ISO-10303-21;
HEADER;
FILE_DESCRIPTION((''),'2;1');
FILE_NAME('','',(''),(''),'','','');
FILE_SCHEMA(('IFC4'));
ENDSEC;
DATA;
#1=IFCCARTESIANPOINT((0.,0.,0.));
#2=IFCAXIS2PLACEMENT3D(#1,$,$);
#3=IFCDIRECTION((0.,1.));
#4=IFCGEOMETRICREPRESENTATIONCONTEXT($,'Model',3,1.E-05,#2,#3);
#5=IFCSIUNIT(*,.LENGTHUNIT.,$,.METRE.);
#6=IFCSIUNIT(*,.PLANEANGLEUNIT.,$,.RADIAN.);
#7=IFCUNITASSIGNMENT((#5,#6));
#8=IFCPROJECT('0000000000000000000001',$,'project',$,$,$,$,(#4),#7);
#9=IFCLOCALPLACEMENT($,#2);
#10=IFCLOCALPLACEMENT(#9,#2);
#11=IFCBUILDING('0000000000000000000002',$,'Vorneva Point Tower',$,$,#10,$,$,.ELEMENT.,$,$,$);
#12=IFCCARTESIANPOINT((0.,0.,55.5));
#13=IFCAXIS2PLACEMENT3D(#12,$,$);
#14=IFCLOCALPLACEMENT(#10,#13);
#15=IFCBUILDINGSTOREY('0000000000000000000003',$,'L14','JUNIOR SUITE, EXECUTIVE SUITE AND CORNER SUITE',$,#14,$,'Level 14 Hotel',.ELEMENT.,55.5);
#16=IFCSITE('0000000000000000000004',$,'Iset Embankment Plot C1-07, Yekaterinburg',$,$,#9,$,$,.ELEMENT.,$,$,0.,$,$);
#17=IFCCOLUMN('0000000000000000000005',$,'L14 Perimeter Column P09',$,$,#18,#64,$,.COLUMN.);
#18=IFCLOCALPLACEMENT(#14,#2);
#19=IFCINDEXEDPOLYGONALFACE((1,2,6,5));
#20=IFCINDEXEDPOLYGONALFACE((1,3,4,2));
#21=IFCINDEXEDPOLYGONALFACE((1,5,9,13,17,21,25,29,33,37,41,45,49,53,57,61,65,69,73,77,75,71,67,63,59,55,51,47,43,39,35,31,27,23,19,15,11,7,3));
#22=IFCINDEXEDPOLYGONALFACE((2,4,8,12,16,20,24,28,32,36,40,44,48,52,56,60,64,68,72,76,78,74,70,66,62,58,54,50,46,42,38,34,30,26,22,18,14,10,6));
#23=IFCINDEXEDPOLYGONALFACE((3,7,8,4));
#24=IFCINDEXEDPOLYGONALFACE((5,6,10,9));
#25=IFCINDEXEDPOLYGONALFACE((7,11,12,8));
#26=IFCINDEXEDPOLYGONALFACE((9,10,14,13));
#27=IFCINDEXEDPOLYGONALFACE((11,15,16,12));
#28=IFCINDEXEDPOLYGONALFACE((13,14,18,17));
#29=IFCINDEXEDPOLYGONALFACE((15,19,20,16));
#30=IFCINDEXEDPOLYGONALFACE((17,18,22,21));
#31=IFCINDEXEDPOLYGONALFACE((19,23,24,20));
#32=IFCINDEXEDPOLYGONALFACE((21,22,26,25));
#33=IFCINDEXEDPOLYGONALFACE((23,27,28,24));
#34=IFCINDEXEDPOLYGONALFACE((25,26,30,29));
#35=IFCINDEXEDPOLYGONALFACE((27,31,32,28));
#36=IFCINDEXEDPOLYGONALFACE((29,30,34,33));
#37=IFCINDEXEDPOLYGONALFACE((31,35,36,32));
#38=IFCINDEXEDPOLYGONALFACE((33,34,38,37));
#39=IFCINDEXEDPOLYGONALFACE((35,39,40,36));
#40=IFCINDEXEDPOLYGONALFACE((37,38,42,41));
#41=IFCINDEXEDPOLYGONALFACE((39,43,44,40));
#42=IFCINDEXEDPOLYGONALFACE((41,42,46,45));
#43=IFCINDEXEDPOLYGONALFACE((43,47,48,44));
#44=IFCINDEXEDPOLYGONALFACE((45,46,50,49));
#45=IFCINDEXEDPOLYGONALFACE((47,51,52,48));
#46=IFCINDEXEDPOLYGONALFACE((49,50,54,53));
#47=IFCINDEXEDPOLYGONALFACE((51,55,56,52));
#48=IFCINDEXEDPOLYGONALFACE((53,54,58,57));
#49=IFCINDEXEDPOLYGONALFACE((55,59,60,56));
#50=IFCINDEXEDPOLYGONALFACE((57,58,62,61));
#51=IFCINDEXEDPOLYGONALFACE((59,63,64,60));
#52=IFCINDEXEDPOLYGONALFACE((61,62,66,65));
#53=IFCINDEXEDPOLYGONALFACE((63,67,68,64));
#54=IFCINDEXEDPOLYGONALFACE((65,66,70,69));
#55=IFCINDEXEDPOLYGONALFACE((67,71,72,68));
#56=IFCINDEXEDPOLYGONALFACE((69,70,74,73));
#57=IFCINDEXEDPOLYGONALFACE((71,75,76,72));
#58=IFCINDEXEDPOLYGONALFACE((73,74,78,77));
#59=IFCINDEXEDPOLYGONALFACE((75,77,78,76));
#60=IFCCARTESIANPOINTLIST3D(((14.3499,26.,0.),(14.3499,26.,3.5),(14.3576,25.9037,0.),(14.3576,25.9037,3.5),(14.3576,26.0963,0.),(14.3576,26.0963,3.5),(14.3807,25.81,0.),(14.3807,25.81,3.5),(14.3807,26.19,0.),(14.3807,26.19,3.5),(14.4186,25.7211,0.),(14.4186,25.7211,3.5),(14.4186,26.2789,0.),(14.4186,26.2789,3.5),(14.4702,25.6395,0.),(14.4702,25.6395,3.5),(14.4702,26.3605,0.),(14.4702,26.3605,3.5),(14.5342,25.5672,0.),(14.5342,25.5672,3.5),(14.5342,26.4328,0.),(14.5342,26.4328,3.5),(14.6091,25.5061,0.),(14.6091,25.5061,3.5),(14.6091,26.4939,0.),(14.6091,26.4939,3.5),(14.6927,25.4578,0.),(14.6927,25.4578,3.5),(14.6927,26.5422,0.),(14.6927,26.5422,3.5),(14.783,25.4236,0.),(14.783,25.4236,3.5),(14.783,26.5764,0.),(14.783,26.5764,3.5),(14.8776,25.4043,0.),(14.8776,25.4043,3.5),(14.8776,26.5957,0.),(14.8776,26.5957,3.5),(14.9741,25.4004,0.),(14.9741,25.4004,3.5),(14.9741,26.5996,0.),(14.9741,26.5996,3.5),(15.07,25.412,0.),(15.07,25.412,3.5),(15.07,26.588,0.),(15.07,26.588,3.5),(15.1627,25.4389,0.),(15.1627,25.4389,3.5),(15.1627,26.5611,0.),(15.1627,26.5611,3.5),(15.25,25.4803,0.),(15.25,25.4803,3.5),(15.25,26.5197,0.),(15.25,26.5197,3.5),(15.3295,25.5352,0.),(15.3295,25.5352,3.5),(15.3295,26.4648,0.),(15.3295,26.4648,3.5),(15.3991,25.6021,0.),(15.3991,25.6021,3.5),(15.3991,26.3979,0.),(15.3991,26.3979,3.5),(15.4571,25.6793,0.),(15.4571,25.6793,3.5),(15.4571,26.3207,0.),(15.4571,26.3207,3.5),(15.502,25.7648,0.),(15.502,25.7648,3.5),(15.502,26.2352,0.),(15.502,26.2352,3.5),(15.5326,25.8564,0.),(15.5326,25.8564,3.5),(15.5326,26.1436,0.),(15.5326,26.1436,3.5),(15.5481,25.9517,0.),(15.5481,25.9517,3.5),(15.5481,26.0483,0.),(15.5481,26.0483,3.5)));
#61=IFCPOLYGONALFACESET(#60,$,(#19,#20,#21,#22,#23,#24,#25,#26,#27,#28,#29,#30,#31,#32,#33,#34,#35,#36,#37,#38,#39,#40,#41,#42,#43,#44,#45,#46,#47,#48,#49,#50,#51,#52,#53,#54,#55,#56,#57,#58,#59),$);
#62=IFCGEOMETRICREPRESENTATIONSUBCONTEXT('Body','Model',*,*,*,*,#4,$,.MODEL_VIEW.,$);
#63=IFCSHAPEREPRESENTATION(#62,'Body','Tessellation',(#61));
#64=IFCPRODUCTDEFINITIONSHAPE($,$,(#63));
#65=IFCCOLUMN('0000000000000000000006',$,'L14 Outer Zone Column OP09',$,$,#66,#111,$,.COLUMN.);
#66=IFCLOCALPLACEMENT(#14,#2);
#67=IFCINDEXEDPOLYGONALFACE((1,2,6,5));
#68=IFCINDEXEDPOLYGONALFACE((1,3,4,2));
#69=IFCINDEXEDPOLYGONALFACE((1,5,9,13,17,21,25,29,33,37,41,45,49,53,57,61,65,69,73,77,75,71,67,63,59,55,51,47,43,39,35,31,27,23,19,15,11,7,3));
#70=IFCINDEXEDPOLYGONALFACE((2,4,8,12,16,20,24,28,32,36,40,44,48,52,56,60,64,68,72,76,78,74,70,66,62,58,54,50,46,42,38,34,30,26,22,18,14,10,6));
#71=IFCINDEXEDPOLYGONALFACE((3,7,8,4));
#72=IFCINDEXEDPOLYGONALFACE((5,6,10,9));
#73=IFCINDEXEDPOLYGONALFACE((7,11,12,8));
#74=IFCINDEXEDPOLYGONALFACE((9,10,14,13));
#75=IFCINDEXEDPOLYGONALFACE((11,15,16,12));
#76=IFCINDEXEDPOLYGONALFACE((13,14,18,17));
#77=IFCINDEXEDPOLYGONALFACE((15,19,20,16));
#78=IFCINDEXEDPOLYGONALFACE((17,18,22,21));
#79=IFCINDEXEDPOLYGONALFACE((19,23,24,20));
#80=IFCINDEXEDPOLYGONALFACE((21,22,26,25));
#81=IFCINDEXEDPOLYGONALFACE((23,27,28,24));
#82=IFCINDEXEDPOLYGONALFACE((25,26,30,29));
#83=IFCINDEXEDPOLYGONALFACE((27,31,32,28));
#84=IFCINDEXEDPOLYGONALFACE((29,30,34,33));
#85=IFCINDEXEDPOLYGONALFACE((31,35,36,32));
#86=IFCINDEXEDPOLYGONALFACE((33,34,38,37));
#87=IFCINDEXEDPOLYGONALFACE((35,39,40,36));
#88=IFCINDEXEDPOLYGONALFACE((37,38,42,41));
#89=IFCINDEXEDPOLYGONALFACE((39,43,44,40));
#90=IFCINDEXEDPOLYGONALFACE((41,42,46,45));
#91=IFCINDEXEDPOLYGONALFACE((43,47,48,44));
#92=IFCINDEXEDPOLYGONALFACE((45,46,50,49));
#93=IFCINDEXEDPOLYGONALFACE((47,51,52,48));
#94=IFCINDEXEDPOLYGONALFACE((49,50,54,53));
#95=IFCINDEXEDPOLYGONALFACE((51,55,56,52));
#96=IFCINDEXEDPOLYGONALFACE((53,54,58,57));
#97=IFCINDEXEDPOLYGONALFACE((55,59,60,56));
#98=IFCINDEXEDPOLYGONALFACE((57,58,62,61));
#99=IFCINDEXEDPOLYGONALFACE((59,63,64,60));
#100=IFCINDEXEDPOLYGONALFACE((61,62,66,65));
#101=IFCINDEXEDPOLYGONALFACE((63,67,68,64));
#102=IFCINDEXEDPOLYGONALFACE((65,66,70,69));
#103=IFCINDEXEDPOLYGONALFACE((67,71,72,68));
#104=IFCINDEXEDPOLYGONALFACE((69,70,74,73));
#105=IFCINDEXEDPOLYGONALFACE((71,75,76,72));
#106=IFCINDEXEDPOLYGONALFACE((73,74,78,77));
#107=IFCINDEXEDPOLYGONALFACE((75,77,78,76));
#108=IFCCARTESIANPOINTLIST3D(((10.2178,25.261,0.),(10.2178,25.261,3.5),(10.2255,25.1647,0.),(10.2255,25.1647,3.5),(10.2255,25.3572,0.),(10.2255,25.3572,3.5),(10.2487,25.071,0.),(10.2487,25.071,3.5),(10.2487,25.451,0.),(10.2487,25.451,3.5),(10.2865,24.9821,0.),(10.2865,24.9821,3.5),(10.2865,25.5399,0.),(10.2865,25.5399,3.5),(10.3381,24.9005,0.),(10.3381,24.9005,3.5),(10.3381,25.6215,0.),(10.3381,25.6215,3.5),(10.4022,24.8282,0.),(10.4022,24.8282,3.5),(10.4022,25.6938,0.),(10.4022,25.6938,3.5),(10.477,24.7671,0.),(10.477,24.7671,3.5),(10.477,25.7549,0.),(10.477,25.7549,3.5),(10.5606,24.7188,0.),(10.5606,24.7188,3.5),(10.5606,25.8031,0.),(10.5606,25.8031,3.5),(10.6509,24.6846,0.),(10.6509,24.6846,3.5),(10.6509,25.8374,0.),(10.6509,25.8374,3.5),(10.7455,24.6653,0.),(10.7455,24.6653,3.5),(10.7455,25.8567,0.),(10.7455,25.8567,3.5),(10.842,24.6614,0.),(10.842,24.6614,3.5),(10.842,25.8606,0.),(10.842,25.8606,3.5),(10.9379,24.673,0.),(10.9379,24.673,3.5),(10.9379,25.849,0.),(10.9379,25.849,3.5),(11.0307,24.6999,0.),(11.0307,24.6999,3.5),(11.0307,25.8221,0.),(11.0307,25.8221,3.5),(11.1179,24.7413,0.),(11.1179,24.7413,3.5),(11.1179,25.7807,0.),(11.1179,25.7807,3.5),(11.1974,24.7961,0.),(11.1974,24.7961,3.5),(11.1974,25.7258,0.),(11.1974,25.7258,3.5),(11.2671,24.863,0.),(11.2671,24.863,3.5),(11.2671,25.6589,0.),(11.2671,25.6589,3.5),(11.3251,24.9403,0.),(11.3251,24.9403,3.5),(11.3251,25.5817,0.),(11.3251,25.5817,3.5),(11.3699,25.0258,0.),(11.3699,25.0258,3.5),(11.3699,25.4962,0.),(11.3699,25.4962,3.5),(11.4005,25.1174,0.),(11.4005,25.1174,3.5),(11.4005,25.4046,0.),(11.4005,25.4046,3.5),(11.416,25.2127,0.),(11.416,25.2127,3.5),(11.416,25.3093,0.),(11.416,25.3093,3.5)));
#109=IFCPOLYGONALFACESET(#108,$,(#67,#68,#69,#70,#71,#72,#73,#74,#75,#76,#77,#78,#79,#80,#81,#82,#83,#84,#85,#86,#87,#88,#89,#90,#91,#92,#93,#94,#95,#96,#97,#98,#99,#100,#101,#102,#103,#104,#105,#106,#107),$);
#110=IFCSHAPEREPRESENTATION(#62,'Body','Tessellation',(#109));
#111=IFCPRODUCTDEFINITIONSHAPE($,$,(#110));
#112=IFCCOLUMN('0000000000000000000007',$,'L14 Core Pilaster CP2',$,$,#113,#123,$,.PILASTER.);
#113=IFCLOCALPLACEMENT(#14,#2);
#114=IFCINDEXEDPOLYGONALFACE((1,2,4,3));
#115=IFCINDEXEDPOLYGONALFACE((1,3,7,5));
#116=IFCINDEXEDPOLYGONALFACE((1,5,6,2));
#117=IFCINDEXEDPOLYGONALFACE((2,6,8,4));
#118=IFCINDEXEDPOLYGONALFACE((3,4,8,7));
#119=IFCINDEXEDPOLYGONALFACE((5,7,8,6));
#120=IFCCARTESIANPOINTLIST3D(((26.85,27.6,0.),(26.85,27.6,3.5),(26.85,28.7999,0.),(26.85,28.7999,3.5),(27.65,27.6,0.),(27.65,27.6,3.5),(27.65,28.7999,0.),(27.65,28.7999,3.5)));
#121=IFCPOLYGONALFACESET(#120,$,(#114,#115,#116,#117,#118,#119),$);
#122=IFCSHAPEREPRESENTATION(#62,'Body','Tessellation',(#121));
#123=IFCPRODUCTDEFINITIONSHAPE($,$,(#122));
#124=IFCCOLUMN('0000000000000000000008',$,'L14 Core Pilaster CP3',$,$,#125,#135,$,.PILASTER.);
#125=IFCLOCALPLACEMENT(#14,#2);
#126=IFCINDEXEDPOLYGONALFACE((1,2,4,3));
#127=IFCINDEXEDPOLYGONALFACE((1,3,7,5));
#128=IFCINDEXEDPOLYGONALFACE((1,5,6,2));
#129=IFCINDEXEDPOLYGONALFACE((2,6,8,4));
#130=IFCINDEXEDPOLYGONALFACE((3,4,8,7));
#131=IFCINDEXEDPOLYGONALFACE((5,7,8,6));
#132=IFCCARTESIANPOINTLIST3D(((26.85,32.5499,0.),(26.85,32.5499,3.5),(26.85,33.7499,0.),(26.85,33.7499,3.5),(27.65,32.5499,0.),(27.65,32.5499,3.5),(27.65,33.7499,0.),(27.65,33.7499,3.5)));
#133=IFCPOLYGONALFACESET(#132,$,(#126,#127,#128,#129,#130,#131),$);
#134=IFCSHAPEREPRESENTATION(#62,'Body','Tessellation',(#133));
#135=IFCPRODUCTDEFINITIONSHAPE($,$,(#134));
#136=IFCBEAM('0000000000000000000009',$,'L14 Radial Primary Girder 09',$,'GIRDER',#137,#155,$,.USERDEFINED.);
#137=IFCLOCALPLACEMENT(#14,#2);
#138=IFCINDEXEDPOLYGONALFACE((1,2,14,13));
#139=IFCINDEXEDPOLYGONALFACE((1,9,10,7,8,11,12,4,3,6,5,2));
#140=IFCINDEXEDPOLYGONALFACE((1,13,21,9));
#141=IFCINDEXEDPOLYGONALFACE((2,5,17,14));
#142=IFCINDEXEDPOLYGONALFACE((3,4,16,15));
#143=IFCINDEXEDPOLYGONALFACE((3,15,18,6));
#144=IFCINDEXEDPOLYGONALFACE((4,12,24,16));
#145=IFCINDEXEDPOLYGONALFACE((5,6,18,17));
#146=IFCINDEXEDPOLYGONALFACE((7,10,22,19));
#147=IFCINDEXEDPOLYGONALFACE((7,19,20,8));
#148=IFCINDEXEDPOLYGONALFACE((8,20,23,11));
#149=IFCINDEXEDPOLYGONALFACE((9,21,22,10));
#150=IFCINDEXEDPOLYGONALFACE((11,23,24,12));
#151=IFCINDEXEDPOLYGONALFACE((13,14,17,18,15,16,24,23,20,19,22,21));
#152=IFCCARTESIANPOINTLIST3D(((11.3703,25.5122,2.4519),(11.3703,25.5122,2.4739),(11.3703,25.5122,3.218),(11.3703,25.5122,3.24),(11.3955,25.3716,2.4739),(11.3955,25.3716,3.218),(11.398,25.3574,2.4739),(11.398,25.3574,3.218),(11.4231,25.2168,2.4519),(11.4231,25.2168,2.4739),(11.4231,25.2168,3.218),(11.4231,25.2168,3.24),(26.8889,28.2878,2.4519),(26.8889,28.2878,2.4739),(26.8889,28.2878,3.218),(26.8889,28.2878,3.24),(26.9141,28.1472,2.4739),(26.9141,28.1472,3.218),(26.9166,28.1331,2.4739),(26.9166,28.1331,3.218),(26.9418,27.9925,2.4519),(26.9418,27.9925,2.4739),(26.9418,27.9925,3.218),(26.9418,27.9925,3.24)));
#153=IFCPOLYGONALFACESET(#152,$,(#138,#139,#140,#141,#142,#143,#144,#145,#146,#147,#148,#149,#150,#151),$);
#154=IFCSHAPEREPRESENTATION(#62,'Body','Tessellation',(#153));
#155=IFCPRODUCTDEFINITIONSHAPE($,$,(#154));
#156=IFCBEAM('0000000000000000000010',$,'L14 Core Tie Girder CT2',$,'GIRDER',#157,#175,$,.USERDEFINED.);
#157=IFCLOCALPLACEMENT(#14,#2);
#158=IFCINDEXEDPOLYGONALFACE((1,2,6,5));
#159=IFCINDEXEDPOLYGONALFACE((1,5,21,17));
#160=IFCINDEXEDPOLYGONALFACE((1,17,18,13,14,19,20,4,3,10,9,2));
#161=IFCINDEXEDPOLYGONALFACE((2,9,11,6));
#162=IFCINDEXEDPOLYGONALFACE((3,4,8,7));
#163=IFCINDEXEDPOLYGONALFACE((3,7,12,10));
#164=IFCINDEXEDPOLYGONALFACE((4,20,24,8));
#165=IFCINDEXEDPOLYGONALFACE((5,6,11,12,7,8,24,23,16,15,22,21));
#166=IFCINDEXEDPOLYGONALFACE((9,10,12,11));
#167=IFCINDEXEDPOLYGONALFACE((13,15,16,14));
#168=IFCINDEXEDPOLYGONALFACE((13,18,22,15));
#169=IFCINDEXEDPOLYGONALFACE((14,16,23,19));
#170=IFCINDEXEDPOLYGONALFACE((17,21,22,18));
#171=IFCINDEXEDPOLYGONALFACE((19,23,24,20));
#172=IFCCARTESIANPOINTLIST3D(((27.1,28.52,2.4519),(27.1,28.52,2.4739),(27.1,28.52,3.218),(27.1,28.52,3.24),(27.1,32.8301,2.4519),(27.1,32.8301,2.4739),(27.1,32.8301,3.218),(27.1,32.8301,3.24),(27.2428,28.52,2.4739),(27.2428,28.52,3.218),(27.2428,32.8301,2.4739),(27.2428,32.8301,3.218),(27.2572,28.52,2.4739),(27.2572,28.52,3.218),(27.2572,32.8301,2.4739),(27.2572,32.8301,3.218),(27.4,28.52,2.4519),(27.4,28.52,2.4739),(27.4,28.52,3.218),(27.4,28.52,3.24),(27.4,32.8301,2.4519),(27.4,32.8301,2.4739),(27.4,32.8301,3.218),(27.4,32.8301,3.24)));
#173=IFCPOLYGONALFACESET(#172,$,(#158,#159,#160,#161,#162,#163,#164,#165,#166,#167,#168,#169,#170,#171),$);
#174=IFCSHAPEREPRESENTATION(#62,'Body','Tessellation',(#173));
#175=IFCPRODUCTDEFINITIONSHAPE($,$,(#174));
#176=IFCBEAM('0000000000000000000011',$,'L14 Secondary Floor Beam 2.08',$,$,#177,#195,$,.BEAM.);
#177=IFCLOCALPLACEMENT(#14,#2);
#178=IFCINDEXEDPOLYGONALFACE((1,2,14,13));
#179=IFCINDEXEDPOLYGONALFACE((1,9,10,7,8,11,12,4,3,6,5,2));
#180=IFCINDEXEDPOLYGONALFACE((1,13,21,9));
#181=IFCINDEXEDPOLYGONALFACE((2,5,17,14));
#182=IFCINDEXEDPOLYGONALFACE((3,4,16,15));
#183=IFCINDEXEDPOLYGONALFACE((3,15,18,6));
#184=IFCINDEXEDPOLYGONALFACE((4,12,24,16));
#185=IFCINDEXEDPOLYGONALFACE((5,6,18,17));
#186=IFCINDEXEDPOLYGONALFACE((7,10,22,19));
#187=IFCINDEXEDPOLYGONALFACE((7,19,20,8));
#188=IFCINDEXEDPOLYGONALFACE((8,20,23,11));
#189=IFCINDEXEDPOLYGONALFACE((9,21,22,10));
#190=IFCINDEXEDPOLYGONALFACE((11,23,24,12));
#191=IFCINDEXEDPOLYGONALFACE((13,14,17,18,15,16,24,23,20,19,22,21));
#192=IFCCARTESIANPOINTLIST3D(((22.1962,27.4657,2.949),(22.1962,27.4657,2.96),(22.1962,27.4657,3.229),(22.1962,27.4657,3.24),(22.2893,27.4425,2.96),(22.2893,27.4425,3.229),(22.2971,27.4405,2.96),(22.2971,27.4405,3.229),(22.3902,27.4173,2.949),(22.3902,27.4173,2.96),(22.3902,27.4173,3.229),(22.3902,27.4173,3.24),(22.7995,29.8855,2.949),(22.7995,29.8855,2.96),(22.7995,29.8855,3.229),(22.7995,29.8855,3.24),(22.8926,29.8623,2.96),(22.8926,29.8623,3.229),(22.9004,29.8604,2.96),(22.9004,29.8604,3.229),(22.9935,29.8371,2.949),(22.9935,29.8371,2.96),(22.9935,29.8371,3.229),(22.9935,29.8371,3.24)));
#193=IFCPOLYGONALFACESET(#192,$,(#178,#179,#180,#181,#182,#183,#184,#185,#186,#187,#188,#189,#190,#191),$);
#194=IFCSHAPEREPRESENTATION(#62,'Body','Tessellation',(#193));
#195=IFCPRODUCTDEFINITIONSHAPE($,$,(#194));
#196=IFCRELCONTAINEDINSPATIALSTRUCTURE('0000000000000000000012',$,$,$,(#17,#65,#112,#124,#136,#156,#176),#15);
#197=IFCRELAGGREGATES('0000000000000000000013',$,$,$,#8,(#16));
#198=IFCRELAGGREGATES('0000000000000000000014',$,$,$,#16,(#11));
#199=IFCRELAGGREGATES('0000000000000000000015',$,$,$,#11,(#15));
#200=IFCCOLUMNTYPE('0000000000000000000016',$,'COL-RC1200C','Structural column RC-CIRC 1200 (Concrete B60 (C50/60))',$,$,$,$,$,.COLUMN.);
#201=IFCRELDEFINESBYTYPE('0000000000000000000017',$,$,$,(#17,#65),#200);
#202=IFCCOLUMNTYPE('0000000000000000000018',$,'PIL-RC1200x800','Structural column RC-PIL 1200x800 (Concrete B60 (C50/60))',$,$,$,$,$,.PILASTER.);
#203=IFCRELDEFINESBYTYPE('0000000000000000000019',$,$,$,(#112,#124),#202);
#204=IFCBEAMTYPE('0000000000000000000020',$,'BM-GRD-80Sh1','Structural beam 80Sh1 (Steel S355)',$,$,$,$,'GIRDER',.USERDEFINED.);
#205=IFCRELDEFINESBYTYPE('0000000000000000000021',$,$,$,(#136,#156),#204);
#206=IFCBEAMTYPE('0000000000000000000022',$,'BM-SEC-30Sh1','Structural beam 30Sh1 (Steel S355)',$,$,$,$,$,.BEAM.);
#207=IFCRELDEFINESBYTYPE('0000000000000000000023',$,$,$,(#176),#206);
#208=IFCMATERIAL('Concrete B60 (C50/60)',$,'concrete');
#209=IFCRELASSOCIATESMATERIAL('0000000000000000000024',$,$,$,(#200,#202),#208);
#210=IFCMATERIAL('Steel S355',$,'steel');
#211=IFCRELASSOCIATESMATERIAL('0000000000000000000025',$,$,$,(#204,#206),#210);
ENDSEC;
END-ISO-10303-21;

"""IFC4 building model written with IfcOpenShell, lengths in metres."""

from ifc_helpers import new_model, si_unit, direction, frame, origin, origin_2d, place, context, subcontext, project, spatial, rectangle, circle, i_section, extrude, material, material_profile, profile_set, type_object, element, save


model = new_model("IFC4")

# Units and contexts
model_context = context("Model", 3, precision=1e-05, world=origin(), true_north=direction((0.0, 1.0)))
body_context = subcontext(model_context, "Body", "Model", "MODEL_VIEW")
ifc_project = project(units=[si_unit("LENGTHUNIT", "METRE"), si_unit("PLANEANGLEUNIT", "RADIAN")], contexts=[model_context])

# Site, building, storey
site_placement = place(None, origin())
site = spatial("IfcSite", under=ifc_project, at=site_placement, Name="Iset Embankment Plot C1-07, Yekaterinburg", CompositionType="ELEMENT", RefElevation=0.0)
building_placement = place(site_placement, origin())
building = spatial("IfcBuilding", under=site, at=building_placement, Name="Vorneva Point Tower", CompositionType="ELEMENT")
storey_placement = place(building_placement, frame((0.0, 0.0, 55.5)))
storey = spatial("IfcBuildingStorey", under=building, at=storey_placement, Name="L14", Description="JUNIOR SUITE, EXECUTIVE SUITE AND CORNER SUITE", LongName="Level 14 Hotel", CompositionType="ELEMENT", Elevation=55.5)

# Columns
ifc_material_1 = material(Name="Concrete B60 (C50/60)", Category="concrete")
ifc_material_profile_1 = material_profile(ifc_material_1, circle(Radius=0.6001, at=origin_2d()), Name="RC-CIRC 1200")
ifc_profile_set_1 = profile_set([ifc_material_profile_1], Name="Concrete B60 (C50/60)")
column_type_1 = type_object("IfcColumnType", Name="COL-RC1200C", Description="Structural column RC-CIRC 1200 (Concrete B60 (C50/60))", PredefinedType="COLUMN", material=ifc_profile_set_1)
for number, where, z_axis, x_axis, name in (
    (1, (14.95, 26.0, 0.0), (0.0, 0.0, 1.0), (-1.0, 0.0, 0.0), "L14 Perimeter Column P09"),
    (2, (10.8179, 25.261, 0.0), (0.0, 0.0, 1.0), (-1.0, 0.0, 0.0), "L14 Outer Zone Column OP09"),
):
    element("IfcColumn", number, at=place(storey_placement, frame(where, z_axis=z_axis, x_axis=x_axis)), inside=storey, type_object=column_type_1, Name=name, PredefinedType="COLUMN", context=body_context, shape_type="SweptSolid", body=[
        extrude(circle(Radius=0.6001, at=origin_2d()), origin(), (0.0, 0.0, 1.0), 3.5),
    ])
ifc_material_profile_2 = material_profile(ifc_material_1, rectangle(XDim=0.8, YDim=1.2, at=origin_2d()), Name="RC-PIL 1200x800")
ifc_profile_set_2 = profile_set([ifc_material_profile_2], Name="Concrete B60 (C50/60)")
column_type_2 = type_object("IfcColumnType", Name="PIL-RC1200x800", Description="Structural column RC-PIL 1200x800 (Concrete B60 (C50/60))", PredefinedType="PILASTER", material=ifc_profile_set_2)
for number, where, z_axis, x_axis, name in (
    (3, (27.25, 28.2, 0.0), (0.0, 0.0, 1.0), (1.0, 0.0, 0.0), "L14 Core Pilaster CP2"),
    (4, (27.25, 33.1499, 0.0), (0.0, 0.0, 1.0), (1.0, 0.0, 0.0), "L14 Core Pilaster CP3"),
):
    element("IfcColumn", number, at=place(storey_placement, frame(where, z_axis=z_axis, x_axis=x_axis)), inside=storey, type_object=column_type_2, Name=name, PredefinedType="PILASTER", context=body_context, shape_type="SweptSolid", body=[
        extrude(rectangle(XDim=0.8, YDim=1.2, at=origin_2d()), origin(), (0.0, 0.0, 1.0), 3.5),
    ])

# Beams
ifc_material_2 = material(Name="Steel S355", Category="steel")
ifc_material_profile_3 = material_profile(ifc_material_2, i_section(OverallWidth=0.3, OverallDepth=0.7881, WebThickness=0.0144, FlangeThickness=0.022, at=origin_2d()), Name="80Sh1")
ifc_profile_set_3 = profile_set([ifc_material_profile_3], Name="Steel S355")
beam_type_1 = type_object("IfcBeamType", Name="BM-GRD-80Sh1", Description="Structural beam 80Sh1 (Steel S355)", ElementType="GIRDER", PredefinedType="USERDEFINED", material=ifc_profile_set_3)
beam_1_placement = place(storey_placement, frame((11.3967, 25.3645, 2.8459), z_axis=(0.984379, 0.176065, 0.0), x_axis=(-0.176065, 0.984379, 0.0)))
element("IfcBeam", 5, at=beam_1_placement, inside=storey, type_object=beam_type_1, Name="L14 Radial Primary Girder 09", ObjectType="GIRDER", PredefinedType="USERDEFINED", context=body_context, shape_type="SweptSolid", body=[
    extrude(i_section(OverallWidth=0.3, OverallDepth=0.7881, WebThickness=0.0144, FlangeThickness=0.022, at=origin_2d()), origin(), (0.0, 0.0, 1.0), 15.7649),
])
beam_2_placement = place(storey_placement, frame((27.25, 28.52, 2.8459), z_axis=(0.0, 1.0, 0.0), x_axis=(-1.0, 0.0, 0.0)))
element("IfcBeam", 6, at=beam_2_placement, inside=storey, type_object=beam_type_1, Name="L14 Core Tie Girder CT2", ObjectType="GIRDER", PredefinedType="USERDEFINED", context=body_context, shape_type="SweptSolid", body=[
    extrude(i_section(OverallWidth=0.3, OverallDepth=0.7881, WebThickness=0.0144, FlangeThickness=0.022, at=origin_2d()), origin(), (0.0, 0.0, 1.0), 4.3101),
])
ifc_material_profile_4 = material_profile(ifc_material_2, i_section(OverallWidth=0.2, OverallDepth=0.291, WebThickness=0.0081, FlangeThickness=0.011, at=origin_2d()), Name="30Sh1")
ifc_profile_set_4 = profile_set([ifc_material_profile_4], Name="Steel S355")
beam_type_2 = type_object("IfcBeamType", Name="BM-SEC-30Sh1", Description="Structural beam 30Sh1 (Steel S355)", PredefinedType="BEAM", material=ifc_profile_set_4)
beam_3_placement = place(storey_placement, frame((22.8965, 29.8613, 3.0945), z_axis=(-0.241891, -0.970304, 0.0), x_axis=(0.970304, -0.241891, 0.0)))
element("IfcBeam", 7, at=beam_3_placement, inside=storey, type_object=beam_type_2, Name="L14 Secondary Floor Beam 2.08", PredefinedType="BEAM", context=body_context, shape_type="SweptSolid", body=[
    extrude(i_section(OverallWidth=0.2, OverallDepth=0.291, WebThickness=0.0081, FlangeThickness=0.011, at=origin_2d()), origin(), (0.0, 0.0, 1.0), 2.4939),
])

save(model, "model.ifc")
